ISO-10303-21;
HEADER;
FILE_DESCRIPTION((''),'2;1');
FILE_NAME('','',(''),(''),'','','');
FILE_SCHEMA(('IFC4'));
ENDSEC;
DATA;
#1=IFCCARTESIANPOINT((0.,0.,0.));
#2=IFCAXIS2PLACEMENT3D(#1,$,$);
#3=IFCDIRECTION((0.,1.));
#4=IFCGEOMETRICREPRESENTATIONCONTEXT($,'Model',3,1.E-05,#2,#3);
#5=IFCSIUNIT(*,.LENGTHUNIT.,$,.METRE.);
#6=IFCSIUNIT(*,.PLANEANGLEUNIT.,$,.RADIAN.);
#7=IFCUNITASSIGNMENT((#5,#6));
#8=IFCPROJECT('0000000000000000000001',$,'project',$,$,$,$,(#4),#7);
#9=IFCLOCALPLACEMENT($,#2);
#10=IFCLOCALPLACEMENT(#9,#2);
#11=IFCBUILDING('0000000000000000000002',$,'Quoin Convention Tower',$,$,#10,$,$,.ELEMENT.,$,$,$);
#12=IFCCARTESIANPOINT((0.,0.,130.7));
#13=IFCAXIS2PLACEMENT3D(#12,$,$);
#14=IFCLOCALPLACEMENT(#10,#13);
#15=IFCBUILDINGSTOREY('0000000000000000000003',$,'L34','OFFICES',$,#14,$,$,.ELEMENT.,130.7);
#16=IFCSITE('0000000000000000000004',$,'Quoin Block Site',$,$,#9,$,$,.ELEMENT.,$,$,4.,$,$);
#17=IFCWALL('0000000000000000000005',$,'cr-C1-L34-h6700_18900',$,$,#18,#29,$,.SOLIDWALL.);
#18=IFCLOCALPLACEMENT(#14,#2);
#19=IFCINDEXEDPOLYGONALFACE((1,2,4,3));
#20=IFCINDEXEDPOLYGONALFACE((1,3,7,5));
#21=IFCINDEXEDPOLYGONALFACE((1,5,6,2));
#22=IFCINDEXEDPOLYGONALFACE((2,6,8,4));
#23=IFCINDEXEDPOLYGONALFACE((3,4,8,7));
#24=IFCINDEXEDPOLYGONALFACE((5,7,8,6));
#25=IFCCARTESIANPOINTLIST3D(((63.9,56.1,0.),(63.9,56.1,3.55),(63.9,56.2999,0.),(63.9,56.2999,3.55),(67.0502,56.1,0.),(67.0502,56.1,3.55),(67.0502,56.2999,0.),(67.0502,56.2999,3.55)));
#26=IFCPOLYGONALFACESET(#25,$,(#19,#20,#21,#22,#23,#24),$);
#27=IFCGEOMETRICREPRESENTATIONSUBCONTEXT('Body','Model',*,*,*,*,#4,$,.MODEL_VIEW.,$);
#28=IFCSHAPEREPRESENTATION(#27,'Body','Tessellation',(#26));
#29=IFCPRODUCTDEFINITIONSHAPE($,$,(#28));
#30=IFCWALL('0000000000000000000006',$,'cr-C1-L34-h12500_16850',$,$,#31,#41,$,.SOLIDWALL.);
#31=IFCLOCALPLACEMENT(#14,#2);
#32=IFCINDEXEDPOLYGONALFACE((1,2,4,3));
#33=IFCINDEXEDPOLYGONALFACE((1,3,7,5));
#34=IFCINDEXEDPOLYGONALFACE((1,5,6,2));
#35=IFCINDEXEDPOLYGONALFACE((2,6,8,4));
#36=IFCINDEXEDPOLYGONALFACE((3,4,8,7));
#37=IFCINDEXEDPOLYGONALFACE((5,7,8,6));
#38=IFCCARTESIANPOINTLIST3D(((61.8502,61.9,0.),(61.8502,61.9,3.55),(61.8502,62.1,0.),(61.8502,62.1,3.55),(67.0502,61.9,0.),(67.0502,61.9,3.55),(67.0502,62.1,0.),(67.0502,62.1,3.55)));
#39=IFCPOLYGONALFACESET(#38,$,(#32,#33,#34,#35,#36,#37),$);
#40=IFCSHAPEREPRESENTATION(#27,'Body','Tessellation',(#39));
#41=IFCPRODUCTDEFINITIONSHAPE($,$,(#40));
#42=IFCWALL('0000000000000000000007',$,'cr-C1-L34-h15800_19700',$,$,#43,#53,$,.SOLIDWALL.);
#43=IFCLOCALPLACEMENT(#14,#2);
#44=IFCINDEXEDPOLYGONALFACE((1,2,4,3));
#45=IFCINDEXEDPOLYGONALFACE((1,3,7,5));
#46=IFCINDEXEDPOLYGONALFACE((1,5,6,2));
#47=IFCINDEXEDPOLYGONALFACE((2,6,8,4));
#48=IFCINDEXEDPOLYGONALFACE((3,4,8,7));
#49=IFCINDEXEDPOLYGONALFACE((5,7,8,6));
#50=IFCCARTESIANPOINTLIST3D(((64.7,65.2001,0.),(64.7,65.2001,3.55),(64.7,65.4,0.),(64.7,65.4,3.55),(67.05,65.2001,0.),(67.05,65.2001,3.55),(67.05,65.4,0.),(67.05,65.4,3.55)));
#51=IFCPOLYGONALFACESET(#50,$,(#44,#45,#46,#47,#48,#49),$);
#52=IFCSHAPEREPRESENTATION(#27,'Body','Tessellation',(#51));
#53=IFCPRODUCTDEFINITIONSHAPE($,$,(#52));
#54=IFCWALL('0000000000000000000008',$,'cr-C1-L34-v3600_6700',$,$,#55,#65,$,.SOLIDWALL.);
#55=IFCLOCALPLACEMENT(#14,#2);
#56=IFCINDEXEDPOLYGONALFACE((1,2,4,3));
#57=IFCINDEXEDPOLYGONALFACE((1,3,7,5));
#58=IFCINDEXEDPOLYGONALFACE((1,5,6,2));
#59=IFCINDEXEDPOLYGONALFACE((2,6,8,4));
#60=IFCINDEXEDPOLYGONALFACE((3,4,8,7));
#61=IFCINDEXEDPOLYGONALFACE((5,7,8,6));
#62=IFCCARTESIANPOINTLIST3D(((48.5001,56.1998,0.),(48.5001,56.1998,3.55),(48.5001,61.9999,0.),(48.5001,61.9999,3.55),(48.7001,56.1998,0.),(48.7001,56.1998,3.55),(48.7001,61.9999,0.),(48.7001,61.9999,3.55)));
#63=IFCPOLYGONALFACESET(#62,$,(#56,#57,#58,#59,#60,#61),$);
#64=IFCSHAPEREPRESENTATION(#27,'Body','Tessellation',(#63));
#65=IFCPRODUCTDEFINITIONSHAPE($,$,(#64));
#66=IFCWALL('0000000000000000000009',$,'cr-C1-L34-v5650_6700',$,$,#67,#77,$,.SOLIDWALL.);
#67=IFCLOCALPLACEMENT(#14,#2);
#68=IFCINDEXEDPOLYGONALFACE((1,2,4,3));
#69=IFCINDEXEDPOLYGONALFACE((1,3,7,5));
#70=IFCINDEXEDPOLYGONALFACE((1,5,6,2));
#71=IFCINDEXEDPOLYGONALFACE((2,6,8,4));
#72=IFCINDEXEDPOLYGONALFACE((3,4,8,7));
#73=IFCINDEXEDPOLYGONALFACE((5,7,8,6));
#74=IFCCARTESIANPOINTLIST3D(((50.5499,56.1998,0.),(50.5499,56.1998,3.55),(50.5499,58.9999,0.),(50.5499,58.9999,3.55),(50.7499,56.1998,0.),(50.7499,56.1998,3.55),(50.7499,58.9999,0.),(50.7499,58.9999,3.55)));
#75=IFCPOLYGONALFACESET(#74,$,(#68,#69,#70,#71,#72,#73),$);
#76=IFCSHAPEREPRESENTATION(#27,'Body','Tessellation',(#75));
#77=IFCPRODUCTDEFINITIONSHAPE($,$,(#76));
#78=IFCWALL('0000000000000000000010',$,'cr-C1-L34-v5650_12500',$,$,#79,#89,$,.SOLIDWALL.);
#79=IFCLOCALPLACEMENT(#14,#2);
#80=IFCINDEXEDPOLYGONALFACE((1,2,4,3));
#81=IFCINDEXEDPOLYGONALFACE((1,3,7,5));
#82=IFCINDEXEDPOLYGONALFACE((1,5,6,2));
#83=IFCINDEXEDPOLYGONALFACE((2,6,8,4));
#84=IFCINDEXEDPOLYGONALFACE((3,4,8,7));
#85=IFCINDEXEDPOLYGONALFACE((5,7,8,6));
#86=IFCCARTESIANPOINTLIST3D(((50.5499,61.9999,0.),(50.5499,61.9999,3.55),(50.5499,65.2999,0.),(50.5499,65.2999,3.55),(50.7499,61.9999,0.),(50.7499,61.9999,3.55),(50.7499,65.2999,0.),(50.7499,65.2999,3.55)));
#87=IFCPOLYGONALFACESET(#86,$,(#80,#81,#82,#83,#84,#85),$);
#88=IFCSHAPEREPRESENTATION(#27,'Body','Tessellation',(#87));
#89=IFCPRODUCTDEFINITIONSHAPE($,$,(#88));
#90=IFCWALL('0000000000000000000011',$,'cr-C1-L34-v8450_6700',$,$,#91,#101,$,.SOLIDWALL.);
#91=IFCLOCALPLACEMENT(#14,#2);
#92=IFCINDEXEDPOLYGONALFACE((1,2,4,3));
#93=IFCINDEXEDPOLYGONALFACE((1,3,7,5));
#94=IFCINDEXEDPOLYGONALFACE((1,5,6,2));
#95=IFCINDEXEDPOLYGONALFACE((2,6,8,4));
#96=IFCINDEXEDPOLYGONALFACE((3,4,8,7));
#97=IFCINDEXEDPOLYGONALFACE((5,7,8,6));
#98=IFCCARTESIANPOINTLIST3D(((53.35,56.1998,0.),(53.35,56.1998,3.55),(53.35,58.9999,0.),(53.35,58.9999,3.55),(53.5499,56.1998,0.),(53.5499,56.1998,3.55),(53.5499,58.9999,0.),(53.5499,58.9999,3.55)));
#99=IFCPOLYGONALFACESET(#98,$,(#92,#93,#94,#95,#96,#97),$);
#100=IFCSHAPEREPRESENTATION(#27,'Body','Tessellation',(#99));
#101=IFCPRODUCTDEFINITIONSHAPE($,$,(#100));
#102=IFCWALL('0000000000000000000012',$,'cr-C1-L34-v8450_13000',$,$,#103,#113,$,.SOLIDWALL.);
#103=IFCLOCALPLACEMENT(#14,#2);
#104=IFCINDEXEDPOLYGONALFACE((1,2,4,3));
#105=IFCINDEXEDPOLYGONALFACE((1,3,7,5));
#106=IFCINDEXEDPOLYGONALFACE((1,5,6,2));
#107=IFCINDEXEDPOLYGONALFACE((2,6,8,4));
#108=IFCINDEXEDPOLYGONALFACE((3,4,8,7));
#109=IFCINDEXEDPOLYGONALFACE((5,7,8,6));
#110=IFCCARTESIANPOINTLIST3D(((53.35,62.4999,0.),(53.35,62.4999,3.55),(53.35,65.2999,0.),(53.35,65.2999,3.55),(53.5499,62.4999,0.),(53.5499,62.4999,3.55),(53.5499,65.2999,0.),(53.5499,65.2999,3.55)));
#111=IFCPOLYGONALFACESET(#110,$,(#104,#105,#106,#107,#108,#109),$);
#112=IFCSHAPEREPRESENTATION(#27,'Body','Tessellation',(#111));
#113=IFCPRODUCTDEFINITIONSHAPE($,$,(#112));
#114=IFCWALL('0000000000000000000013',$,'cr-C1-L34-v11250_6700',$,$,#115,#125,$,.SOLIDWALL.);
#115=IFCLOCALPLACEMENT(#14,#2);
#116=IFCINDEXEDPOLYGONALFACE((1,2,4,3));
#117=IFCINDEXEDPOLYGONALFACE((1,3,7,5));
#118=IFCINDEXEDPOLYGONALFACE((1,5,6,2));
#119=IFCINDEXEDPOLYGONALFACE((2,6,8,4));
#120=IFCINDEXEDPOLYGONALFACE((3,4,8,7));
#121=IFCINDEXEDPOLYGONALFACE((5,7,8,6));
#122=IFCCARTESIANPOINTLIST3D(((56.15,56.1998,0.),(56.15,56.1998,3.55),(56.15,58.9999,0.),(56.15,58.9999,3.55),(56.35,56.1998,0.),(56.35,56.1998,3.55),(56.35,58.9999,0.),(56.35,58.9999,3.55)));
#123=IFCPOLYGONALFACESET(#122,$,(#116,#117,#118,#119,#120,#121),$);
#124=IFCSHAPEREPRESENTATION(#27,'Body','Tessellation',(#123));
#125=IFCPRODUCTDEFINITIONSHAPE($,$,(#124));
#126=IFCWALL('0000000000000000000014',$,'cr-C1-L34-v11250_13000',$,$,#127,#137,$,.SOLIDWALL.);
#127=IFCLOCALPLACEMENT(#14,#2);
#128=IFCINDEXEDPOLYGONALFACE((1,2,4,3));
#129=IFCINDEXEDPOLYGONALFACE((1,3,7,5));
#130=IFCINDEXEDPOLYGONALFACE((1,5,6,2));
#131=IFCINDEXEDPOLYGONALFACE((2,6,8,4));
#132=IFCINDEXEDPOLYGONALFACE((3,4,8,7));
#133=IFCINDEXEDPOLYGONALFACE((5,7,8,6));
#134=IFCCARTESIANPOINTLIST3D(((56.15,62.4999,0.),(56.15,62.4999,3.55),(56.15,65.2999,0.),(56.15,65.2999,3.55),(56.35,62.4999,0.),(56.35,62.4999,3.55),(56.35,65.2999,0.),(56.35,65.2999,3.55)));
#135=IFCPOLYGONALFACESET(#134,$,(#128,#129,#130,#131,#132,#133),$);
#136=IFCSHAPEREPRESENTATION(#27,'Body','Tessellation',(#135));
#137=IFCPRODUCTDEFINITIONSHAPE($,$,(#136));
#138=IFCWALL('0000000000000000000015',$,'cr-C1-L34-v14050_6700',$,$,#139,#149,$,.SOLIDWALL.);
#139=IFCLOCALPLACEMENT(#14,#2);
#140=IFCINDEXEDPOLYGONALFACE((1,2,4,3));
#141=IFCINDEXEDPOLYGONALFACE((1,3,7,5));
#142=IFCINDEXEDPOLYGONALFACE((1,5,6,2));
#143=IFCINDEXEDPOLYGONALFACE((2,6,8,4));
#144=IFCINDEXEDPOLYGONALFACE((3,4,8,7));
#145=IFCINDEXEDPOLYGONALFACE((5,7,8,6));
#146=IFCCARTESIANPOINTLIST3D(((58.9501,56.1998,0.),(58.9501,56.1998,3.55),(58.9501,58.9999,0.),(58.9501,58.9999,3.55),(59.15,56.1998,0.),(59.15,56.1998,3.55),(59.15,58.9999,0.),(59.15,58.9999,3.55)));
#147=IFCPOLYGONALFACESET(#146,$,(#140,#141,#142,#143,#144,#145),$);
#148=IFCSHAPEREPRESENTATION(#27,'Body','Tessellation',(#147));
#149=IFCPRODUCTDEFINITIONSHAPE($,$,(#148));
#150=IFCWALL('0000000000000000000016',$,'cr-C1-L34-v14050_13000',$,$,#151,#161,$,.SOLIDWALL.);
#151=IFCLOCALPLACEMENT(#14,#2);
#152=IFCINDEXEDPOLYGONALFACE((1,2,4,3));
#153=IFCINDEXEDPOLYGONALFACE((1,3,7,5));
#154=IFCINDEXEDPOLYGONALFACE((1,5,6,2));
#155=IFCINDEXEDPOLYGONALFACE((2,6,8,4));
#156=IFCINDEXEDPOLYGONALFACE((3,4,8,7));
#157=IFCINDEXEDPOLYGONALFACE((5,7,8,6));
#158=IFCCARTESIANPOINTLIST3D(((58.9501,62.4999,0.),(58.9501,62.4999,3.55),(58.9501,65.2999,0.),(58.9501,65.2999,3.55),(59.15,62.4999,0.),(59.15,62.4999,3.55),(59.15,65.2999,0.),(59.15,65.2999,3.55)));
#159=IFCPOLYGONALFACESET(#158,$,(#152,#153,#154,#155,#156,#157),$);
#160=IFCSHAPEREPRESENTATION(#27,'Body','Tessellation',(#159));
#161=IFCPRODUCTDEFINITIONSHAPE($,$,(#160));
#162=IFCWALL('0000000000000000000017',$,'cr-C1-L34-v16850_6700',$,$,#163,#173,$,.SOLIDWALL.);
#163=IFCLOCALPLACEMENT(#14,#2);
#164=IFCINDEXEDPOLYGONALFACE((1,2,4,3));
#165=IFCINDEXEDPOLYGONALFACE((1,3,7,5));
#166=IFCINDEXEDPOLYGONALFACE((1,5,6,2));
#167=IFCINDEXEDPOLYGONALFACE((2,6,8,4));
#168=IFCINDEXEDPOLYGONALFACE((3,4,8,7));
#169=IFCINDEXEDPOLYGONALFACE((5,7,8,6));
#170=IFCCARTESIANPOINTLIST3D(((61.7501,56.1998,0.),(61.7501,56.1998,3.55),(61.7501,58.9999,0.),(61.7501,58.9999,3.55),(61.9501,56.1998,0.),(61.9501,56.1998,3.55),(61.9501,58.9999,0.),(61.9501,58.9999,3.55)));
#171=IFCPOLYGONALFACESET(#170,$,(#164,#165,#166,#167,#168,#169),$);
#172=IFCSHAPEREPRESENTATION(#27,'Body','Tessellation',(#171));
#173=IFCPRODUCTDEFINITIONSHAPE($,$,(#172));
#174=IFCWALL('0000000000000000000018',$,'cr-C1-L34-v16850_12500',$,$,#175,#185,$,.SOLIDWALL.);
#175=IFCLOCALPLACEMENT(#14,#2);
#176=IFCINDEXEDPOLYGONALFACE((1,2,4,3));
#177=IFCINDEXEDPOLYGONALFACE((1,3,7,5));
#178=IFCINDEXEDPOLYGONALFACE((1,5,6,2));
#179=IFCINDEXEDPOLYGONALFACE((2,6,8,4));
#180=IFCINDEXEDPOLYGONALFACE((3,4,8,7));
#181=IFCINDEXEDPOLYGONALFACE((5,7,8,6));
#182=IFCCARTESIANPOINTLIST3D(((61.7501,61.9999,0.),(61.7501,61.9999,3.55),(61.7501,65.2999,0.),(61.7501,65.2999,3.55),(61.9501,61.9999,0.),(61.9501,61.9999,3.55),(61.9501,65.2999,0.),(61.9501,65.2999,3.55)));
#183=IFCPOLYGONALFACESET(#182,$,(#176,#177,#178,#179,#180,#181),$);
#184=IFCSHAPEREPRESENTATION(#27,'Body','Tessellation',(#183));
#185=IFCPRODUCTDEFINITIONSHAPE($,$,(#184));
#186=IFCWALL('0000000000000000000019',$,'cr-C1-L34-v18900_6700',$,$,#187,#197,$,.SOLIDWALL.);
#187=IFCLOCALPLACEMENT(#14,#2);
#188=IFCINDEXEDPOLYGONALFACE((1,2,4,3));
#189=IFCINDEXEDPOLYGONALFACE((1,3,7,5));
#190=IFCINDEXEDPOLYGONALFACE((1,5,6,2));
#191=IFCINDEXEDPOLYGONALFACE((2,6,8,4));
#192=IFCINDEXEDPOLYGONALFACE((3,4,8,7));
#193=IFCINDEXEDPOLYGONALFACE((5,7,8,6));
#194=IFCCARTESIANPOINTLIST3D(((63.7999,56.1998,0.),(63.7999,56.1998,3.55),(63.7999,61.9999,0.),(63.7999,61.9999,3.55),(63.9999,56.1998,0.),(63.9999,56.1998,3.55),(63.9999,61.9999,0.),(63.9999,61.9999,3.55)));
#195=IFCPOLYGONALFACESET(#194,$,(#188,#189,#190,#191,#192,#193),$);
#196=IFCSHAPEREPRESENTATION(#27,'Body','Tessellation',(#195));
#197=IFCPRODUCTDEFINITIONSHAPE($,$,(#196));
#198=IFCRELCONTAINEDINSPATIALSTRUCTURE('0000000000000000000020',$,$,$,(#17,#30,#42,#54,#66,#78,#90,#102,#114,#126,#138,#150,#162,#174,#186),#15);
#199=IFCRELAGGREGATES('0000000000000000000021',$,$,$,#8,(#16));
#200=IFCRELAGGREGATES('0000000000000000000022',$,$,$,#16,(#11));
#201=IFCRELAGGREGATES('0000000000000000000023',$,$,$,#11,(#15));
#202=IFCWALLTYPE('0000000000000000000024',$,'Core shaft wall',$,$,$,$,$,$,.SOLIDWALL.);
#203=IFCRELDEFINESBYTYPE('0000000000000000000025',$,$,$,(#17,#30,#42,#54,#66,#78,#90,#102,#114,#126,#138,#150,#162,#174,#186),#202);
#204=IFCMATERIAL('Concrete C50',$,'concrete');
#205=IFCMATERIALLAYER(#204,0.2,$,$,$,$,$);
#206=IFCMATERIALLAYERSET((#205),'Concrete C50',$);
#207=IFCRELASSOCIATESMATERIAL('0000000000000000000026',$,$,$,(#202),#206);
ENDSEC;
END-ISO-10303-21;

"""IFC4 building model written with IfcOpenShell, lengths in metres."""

from ifc_helpers import new_model, si_unit, direction, frame, frame_2d, origin, place, context, subcontext, project, spatial, rectangle, extrude, material, layer, layer_set, type_object, element, save


model = new_model("IFC4")

# Units and contexts
model_context = context("Model", 3, precision=1e-05, world=origin(), true_north=direction((0.0, 1.0)))
body_context = subcontext(model_context, "Body", "Model", "MODEL_VIEW")
ifc_project = project(units=[si_unit("LENGTHUNIT", "METRE"), si_unit("PLANEANGLEUNIT", "RADIAN")], contexts=[model_context])

# Site, building, storey
site_placement = place(None, origin())
site = spatial("IfcSite", under=ifc_project, at=site_placement, Name="Quoin Block Site", CompositionType="ELEMENT", RefElevation=4.0)
building_placement = place(site_placement, origin())
building = spatial("IfcBuilding", under=site, at=building_placement, Name="Quoin Convention Tower", CompositionType="ELEMENT")
storey_placement = place(building_placement, frame((0.0, 0.0, 130.7)))
storey = spatial("IfcBuildingStorey", under=building, at=storey_placement, Name="L34", Description="OFFICES", CompositionType="ELEMENT", Elevation=130.7)

# Shared definitions
ifc_material_1 = material(Name="Concrete C50", Category="concrete")
ifc_layer_1 = layer(ifc_material_1, 0.2)
ifc_layer_set_1 = layer_set([ifc_layer_1], Name="Concrete C50")
wall_type_1 = type_object("IfcWallType", Name="Core shaft wall", PredefinedType="SOLIDWALL", material=ifc_layer_set_1)

# Walls
wall_1_placement = place(storey_placement, frame((63.8999, 56.2, 0.0), z_axis=(0.0, 0.0, 1.0), x_axis=(1.0, 0.0, 0.0)))
element("IfcWall", 1, at=wall_1_placement, inside=storey, type_object=wall_type_1, Name="cr-C1-L34-h6700_18900", PredefinedType="SOLIDWALL", context=body_context, shape_type="SweptSolid", body=[
    extrude(rectangle(XDim=3.1501, YDim=0.2, at=frame_2d((1.5752, 0.0))), origin(), (0.0, 0.0, 1.0), 3.55),
])
wall_2_placement = place(storey_placement, frame((61.8501, 62.0, 0.0), z_axis=(0.0, 0.0, 1.0), x_axis=(1.0, 0.0, 0.0)))
element("IfcWall", 2, at=wall_2_placement, inside=storey, type_object=wall_type_1, Name="cr-C1-L34-h12500_16850", PredefinedType="SOLIDWALL", context=body_context, shape_type="SweptSolid", body=[
    extrude(rectangle(XDim=5.2, YDim=0.2, at=frame_2d((2.6001, 0.0))), origin(), (0.0, 0.0, 1.0), 3.55),
])
wall_3_placement = place(storey_placement, frame((64.7, 65.3, 0.0), z_axis=(0.0, 0.0, 1.0), x_axis=(1.0, 0.0, 0.0)))
element("IfcWall", 3, at=wall_3_placement, inside=storey, type_object=wall_type_1, Name="cr-C1-L34-h15800_19700", PredefinedType="SOLIDWALL", context=body_context, shape_type="SweptSolid", body=[
    extrude(rectangle(XDim=2.3501, YDim=0.2, at=frame_2d((1.175, 0.0))), origin(), (0.0, 0.0, 1.0), 3.55),
])
wall_4_placement = place(storey_placement, frame((48.6001, 56.2, 0.0), z_axis=(0.0, 0.0, 1.0), x_axis=(0.0, 1.0, 0.0)))
element("IfcWall", 4, at=wall_4_placement, inside=storey, type_object=wall_type_1, Name="cr-C1-L34-v3600_6700", PredefinedType="SOLIDWALL", context=body_context, shape_type="SweptSolid", body=[
    extrude(rectangle(XDim=5.8, YDim=0.2, at=frame_2d((2.8999, 0.0))), origin(), (0.0, 0.0, 1.0), 3.55),
])
wall_5_placement = place(storey_placement, frame((50.6499, 56.2, 0.0), z_axis=(0.0, 0.0, 1.0), x_axis=(0.0, 1.0, 0.0)))
element("IfcWall", 5, at=wall_5_placement, inside=storey, type_object=wall_type_1, Name="cr-C1-L34-v5650_6700", PredefinedType="SOLIDWALL", context=body_context, shape_type="SweptSolid", body=[
    extrude(rectangle(XDim=2.8, YDim=0.2, at=frame_2d((1.3999, 0.0))), origin(), (0.0, 0.0, 1.0), 3.55),
])
wall_6_placement = place(storey_placement, frame((50.6499, 62.0, 0.0), z_axis=(0.0, 0.0, 1.0), x_axis=(0.0, 1.0, 0.0)))
element("IfcWall", 6, at=wall_6_placement, inside=storey, type_object=wall_type_1, Name="cr-C1-L34-v5650_12500", PredefinedType="SOLIDWALL", context=body_context, shape_type="SweptSolid", body=[
    extrude(rectangle(XDim=3.3, YDim=0.2, at=frame_2d((1.6499, 0.0))), origin(), (0.0, 0.0, 1.0), 3.55),
])
for number, where, z_axis, x_axis, name in (
    (7, (53.45, 56.2, 0.0), (0.0, 0.0, 1.0), (0.0, 1.0, 0.0), "cr-C1-L34-v8450_6700"),
    (8, (53.45, 62.5, 0.0), (0.0, 0.0, 1.0), (0.0, 1.0, 0.0), "cr-C1-L34-v8450_13000"),
    (9, (56.25, 56.2, 0.0), (0.0, 0.0, 1.0), (0.0, 1.0, 0.0), "cr-C1-L34-v11250_6700"),
    (10, (56.25, 62.5, 0.0), (0.0, 0.0, 1.0), (0.0, 1.0, 0.0), "cr-C1-L34-v11250_13000"),
    (11, (59.05, 56.2, 0.0), (0.0, 0.0, 1.0), (0.0, 1.0, 0.0), "cr-C1-L34-v14050_6700"),
    (12, (59.05, 62.5, 0.0), (0.0, 0.0, 1.0), (0.0, 1.0, 0.0), "cr-C1-L34-v14050_13000"),
    (13, (61.8501, 56.2, 0.0), (0.0, 0.0, 1.0), (0.0, 1.0, 0.0), "cr-C1-L34-v16850_6700"),
):
    element("IfcWall", number, at=place(storey_placement, frame(where, z_axis=z_axis, x_axis=x_axis)), inside=storey, type_object=wall_type_1, Name=name, PredefinedType="SOLIDWALL", context=body_context, shape_type="SweptSolid", body=[
        extrude(rectangle(XDim=2.8, YDim=0.2, at=frame_2d((1.3999, 0.0))), origin(), (0.0, 0.0, 1.0), 3.55),
    ])
wall_7_placement = place(storey_placement, frame((61.8501, 62.0, 0.0), z_axis=(0.0, 0.0, 1.0), x_axis=(0.0, 1.0, 0.0)))
element("IfcWall", 14, at=wall_7_placement, inside=storey, type_object=wall_type_1, Name="cr-C1-L34-v16850_12500", PredefinedType="SOLIDWALL", context=body_context, shape_type="SweptSolid", body=[
    extrude(rectangle(XDim=3.3, YDim=0.2, at=frame_2d((1.6499, 0.0))), origin(), (0.0, 0.0, 1.0), 3.55),
])
wall_8_placement = place(storey_placement, frame((63.8999, 56.2, 0.0), z_axis=(0.0, 0.0, 1.0), x_axis=(0.0, 1.0, 0.0)))
element("IfcWall", 15, at=wall_8_placement, inside=storey, type_object=wall_type_1, Name="cr-C1-L34-v18900_6700", PredefinedType="SOLIDWALL", context=body_context, shape_type="SweptSolid", body=[
    extrude(rectangle(XDim=5.8, YDim=0.2, at=frame_2d((2.8999, 0.0))), origin(), (0.0, 0.0, 1.0), 3.55),
])

save(model, "model.ifc")
